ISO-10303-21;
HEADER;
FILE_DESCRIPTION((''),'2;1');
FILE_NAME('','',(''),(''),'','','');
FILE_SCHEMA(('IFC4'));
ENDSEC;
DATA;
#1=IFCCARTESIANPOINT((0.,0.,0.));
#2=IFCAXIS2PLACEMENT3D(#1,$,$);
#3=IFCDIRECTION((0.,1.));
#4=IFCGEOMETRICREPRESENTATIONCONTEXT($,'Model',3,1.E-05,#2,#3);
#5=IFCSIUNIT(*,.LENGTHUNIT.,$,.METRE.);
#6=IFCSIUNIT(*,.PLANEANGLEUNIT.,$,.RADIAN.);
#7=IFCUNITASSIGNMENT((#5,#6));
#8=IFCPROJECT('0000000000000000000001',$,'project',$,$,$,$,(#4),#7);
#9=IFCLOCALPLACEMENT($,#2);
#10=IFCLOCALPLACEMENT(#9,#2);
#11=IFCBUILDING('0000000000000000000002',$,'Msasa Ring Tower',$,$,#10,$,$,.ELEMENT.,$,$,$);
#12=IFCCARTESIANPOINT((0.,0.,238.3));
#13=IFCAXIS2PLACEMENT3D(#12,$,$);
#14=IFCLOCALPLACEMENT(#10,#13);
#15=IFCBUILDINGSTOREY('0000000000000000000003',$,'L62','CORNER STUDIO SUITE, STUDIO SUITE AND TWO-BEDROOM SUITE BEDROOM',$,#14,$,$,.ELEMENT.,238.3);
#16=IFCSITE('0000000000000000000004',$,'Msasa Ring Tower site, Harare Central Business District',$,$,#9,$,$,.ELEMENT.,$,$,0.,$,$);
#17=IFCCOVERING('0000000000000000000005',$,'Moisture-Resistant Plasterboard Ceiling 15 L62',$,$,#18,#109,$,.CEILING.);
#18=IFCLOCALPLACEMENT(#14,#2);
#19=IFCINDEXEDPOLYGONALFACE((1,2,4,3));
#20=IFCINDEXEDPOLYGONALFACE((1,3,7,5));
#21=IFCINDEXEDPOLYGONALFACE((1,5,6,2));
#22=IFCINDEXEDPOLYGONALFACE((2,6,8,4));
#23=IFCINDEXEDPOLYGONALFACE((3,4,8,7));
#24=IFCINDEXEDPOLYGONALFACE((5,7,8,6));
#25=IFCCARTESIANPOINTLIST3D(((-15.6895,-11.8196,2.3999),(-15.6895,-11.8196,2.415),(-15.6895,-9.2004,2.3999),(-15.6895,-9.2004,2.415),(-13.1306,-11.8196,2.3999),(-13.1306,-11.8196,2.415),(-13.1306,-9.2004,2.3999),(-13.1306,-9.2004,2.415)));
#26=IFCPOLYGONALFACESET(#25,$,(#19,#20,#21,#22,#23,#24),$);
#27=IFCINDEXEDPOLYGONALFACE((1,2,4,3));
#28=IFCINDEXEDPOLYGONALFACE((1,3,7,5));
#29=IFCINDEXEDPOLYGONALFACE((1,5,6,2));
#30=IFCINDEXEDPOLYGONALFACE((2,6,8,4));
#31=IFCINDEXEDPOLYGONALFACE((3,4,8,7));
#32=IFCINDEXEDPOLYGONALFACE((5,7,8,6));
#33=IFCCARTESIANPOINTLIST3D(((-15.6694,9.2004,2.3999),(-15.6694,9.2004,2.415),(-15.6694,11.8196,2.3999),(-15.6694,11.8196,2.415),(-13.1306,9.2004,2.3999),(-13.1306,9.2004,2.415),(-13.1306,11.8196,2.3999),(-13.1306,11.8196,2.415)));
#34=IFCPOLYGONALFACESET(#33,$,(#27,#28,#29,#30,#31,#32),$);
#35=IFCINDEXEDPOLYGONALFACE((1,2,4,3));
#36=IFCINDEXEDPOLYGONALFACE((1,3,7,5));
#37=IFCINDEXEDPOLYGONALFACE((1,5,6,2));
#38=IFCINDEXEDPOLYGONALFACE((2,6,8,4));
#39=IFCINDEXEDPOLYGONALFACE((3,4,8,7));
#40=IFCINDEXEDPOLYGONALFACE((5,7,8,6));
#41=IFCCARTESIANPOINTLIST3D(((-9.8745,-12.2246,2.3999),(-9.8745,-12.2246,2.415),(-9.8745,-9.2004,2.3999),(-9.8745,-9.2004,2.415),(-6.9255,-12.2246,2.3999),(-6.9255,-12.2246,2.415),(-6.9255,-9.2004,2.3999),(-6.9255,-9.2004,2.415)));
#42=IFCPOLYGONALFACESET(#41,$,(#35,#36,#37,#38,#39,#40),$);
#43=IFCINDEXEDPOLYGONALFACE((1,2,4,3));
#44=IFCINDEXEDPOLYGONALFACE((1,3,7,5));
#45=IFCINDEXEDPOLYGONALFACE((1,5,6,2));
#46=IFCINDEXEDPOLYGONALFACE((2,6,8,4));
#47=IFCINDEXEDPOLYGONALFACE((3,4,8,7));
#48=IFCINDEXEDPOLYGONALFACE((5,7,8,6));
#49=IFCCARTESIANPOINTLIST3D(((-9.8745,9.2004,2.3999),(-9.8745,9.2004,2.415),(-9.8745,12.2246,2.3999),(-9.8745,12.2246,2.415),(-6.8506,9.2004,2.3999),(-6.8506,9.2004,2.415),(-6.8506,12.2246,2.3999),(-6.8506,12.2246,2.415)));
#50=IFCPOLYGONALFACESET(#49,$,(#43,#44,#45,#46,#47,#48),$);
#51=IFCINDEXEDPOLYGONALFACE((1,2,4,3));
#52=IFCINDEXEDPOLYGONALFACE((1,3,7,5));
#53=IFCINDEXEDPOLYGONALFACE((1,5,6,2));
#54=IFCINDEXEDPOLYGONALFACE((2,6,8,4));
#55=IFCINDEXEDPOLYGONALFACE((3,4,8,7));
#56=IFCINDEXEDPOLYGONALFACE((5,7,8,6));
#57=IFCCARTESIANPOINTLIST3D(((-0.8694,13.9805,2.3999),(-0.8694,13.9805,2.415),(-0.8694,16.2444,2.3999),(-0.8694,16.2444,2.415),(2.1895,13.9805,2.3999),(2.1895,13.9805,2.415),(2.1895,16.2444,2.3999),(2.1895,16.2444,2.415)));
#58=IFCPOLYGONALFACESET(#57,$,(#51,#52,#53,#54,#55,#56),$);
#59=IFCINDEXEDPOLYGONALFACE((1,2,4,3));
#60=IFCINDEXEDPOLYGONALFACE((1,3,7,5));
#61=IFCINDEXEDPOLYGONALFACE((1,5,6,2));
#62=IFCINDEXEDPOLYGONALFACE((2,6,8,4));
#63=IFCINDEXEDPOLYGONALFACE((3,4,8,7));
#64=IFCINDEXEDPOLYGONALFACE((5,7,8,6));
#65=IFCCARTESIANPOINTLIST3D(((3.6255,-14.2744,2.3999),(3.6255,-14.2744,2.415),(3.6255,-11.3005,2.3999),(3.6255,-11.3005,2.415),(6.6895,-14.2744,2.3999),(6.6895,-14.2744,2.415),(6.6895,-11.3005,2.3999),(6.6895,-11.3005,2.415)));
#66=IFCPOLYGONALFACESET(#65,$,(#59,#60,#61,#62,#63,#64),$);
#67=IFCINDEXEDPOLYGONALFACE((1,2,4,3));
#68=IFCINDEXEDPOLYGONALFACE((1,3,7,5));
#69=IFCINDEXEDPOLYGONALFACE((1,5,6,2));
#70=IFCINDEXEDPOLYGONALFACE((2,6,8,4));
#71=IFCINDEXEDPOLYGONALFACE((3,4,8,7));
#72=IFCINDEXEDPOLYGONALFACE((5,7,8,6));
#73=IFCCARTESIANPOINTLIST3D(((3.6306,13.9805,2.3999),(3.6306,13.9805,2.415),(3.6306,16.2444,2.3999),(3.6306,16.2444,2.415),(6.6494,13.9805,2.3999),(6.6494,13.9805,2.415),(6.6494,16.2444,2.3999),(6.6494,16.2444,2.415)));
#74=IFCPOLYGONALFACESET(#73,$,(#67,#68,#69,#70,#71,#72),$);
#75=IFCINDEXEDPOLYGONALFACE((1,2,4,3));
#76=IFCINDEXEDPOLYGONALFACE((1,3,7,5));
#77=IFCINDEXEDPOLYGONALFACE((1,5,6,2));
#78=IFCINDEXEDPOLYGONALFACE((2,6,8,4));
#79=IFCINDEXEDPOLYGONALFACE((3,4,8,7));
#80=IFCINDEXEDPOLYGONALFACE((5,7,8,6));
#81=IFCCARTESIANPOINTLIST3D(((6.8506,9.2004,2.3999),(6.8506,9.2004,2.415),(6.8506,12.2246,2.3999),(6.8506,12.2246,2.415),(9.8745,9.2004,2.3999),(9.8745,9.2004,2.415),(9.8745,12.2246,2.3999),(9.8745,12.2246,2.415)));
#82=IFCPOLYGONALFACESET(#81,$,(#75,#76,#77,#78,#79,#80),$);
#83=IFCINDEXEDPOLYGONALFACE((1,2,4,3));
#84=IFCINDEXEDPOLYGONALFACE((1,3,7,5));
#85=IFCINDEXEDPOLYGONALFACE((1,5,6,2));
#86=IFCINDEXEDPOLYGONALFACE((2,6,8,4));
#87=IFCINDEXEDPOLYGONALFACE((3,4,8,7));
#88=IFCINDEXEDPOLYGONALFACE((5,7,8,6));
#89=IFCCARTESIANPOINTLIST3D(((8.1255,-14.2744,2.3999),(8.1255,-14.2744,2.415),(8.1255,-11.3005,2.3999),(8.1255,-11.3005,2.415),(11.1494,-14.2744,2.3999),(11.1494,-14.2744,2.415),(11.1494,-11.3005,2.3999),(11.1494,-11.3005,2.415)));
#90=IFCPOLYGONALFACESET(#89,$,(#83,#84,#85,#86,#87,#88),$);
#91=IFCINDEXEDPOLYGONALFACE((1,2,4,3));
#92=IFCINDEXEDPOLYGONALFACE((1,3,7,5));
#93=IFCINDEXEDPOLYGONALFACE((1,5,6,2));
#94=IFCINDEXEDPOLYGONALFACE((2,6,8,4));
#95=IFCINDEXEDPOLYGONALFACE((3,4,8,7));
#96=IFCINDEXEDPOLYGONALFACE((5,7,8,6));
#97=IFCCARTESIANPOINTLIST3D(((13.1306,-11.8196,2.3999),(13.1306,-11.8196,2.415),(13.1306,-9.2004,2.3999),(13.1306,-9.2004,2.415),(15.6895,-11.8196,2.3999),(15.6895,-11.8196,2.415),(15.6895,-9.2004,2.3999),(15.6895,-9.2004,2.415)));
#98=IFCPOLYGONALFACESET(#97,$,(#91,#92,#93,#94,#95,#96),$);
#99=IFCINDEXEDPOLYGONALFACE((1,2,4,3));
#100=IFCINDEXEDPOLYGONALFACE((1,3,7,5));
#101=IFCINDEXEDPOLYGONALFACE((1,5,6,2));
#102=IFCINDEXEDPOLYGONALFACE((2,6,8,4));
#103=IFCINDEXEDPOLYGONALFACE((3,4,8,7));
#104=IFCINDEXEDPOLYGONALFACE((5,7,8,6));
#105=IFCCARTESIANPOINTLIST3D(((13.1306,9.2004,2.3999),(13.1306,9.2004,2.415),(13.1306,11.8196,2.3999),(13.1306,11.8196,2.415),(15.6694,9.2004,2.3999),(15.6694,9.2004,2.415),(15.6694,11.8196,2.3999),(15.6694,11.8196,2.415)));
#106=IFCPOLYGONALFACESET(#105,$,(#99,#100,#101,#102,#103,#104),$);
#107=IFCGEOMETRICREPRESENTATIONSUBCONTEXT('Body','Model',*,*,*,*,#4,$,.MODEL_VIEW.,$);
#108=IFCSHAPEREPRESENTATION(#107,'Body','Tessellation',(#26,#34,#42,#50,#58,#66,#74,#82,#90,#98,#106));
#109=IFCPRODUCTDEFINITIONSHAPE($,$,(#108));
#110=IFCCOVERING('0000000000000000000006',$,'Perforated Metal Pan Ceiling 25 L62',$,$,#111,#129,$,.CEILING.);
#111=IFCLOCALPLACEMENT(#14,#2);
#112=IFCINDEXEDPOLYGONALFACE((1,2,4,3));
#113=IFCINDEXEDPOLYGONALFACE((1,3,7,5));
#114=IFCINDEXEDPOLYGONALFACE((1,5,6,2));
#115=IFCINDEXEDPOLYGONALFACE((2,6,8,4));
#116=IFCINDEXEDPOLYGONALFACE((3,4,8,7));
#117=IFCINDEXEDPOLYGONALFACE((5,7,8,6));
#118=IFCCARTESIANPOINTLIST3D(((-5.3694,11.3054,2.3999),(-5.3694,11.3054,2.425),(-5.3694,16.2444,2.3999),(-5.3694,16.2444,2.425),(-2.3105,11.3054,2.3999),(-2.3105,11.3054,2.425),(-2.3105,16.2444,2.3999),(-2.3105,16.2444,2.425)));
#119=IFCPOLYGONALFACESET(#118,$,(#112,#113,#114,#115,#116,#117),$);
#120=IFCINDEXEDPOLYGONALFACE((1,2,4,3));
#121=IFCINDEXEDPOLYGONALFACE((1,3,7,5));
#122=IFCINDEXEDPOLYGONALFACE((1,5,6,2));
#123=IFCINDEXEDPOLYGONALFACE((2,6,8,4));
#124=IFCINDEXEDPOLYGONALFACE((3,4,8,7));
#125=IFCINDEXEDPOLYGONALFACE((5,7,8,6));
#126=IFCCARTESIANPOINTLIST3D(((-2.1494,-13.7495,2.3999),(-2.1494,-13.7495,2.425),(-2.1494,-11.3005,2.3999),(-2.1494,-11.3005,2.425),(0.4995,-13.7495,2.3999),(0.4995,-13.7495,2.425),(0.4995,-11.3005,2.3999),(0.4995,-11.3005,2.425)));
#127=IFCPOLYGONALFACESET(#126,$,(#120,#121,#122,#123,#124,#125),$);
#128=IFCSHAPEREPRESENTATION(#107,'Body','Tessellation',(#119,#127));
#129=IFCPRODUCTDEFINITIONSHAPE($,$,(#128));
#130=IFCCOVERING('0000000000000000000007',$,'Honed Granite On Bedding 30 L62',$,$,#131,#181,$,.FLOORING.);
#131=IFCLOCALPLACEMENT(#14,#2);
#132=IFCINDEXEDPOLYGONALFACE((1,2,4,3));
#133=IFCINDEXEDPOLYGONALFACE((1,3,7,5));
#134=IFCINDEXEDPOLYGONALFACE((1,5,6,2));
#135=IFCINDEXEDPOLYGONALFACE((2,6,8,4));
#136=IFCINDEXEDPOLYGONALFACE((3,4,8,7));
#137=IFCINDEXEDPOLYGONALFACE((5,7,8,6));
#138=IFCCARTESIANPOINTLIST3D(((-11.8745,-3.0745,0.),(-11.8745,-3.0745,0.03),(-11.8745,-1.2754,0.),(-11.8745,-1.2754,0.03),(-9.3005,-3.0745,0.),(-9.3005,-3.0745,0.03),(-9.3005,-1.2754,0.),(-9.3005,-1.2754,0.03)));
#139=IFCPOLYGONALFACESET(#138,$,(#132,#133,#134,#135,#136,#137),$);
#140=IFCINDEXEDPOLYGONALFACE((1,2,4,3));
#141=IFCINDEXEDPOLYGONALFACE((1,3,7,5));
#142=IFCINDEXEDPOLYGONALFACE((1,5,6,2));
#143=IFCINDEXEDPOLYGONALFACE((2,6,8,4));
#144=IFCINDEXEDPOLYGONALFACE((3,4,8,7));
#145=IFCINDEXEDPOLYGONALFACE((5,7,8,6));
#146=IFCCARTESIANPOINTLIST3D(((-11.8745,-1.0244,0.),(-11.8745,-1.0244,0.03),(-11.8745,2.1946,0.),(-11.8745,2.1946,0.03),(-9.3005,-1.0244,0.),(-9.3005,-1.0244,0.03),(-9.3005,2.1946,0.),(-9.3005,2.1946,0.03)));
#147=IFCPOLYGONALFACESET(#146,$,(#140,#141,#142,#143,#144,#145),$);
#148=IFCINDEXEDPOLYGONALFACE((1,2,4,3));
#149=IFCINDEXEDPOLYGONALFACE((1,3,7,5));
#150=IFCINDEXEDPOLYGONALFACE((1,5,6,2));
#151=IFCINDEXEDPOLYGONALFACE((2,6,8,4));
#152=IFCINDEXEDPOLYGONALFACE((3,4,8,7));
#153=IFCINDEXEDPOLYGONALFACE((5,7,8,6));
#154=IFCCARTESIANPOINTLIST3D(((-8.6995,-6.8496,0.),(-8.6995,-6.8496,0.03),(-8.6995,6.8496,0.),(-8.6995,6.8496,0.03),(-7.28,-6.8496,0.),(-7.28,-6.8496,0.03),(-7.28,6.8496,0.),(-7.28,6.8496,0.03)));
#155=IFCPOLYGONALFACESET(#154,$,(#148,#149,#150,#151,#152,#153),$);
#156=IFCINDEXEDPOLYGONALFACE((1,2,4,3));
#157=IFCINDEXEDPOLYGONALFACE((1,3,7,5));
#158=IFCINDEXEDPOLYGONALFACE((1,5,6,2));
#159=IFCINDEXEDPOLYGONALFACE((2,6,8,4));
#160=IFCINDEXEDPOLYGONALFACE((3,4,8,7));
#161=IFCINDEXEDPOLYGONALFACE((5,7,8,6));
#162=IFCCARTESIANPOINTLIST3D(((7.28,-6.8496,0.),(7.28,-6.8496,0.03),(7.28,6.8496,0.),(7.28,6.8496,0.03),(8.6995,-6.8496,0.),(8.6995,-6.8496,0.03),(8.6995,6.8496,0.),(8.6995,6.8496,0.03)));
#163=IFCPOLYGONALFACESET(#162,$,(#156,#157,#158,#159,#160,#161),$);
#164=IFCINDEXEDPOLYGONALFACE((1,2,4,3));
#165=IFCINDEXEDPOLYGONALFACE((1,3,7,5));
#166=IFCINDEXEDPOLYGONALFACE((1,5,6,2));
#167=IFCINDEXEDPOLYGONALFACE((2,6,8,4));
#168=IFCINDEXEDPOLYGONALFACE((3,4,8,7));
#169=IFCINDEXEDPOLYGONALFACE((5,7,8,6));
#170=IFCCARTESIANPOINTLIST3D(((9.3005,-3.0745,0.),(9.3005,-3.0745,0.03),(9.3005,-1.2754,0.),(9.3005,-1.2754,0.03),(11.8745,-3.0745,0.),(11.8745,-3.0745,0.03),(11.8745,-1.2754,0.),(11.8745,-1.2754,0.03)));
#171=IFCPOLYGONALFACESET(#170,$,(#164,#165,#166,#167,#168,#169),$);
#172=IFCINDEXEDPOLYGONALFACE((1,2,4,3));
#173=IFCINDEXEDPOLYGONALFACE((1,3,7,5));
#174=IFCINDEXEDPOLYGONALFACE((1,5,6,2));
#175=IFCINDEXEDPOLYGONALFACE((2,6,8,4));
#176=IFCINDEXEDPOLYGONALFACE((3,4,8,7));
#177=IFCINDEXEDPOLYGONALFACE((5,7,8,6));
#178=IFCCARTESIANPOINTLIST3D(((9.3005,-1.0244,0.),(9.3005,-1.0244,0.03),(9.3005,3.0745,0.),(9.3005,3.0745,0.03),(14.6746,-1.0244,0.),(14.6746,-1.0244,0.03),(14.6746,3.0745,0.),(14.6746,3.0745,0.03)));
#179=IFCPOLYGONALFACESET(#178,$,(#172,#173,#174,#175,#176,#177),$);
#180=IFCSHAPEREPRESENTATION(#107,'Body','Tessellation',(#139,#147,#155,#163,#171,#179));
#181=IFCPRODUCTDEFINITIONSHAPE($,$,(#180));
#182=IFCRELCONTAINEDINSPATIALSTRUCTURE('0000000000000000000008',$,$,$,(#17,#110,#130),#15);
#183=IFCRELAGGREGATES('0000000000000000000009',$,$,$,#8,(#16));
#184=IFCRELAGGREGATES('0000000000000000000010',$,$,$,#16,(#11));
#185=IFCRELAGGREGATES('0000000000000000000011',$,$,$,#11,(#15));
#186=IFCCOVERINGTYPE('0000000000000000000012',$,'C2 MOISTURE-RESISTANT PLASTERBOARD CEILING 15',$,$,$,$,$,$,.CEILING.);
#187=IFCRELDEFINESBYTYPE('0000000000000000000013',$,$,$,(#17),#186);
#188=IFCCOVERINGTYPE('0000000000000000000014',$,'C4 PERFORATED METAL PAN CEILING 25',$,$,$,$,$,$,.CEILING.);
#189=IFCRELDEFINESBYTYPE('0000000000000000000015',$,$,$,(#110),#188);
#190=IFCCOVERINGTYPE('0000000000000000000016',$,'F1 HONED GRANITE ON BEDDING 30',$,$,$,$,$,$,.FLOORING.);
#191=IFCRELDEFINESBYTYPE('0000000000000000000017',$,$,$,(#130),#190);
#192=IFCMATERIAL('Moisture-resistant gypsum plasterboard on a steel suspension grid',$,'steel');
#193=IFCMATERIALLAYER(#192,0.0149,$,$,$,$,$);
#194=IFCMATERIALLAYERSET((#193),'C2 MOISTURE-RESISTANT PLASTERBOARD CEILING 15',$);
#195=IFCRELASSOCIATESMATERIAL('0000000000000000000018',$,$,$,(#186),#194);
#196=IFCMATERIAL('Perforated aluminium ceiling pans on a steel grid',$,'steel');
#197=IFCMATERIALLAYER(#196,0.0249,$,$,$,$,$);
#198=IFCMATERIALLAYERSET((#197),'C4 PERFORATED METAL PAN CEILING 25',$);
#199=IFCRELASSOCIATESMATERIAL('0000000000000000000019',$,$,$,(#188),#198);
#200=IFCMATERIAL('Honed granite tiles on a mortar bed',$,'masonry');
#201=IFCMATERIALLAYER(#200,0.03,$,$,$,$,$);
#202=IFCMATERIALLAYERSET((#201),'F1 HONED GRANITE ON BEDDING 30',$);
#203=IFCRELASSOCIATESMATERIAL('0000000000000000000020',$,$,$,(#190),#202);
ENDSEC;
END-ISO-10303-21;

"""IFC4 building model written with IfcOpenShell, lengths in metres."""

from ifc_helpers import new_model, si_unit, direction, frame, origin, place, context, subcontext, project, spatial, line, indexed_curve, outline, extrude, material, layer, layer_set, type_object, element, save


model = new_model("IFC4")

# Units and contexts
model_context = context("Model", 3, precision=1e-05, world=origin(), true_north=direction((0.0, 1.0)))
body_context = subcontext(model_context, "Body", "Model", "MODEL_VIEW")
ifc_project = project(units=[si_unit("LENGTHUNIT", "METRE"), si_unit("PLANEANGLEUNIT", "RADIAN")], contexts=[model_context])

# Site, building, storey
site_placement = place(None, origin())
site = spatial("IfcSite", under=ifc_project, at=site_placement, Name="Msasa Ring Tower site, Harare Central Business District", CompositionType="ELEMENT", RefElevation=0.0)
building_placement = place(site_placement, origin())
building = spatial("IfcBuilding", under=site, at=building_placement, Name="Msasa Ring Tower", CompositionType="ELEMENT")
storey_placement = place(building_placement, frame((0.0, 0.0, 238.3)))
storey = spatial("IfcBuildingStorey", under=building, at=storey_placement, Name="L62", Description="CORNER STUDIO SUITE, STUDIO SUITE AND TWO-BEDROOM SUITE BEDROOM", CompositionType="ELEMENT", Elevation=238.3)

# Coverings
ifc_material_1 = material(Name="Moisture-resistant gypsum plasterboard on a steel suspension grid", Category="steel")
ifc_layer_1 = layer(ifc_material_1, 0.0149)
ifc_layer_set_1 = layer_set([ifc_layer_1], Name="C2 MOISTURE-RESISTANT PLASTERBOARD CEILING 15")
covering_type_1 = type_object("IfcCoveringType", Name="C2 MOISTURE-RESISTANT PLASTERBOARD CEILING 15", PredefinedType="CEILING", material=ifc_layer_set_1)
covering_1_placement = place(storey_placement, frame((0.0, 0.0, 2.3999)))
element("IfcCovering", 1, at=covering_1_placement, inside=storey, type_object=covering_type_1, Name="Moisture-Resistant Plasterboard Ceiling 15 L62", PredefinedType="CEILING", context=body_context, shape_type="SweptSolid", body=[
    extrude(outline(indexed_curve([(-15.6895, -11.8196), (-15.6895, -9.2004), (-13.1306, -9.2004), (-13.1306, -11.8196)], segments=[line(1, 2, 3, 4, 1)], self_intersect=False)), origin(), (0.0, 0.0, 1.0), 0.0151),
    extrude(outline(indexed_curve([(-15.6694, 11.8196), (-13.1306, 11.8196), (-13.1306, 9.2004), (-15.6694, 9.2004)], segments=[line(1, 2, 3, 4, 1)], self_intersect=False)), origin(), (0.0, 0.0, 1.0), 0.0151),
    extrude(outline(indexed_curve([(-6.9255, -9.2004), (-6.9255, -12.2246), (-9.8745, -12.2246), (-9.8745, -9.2004)], segments=[line(1, 2, 3, 4, 1)], self_intersect=False)), origin(), (0.0, 0.0, 1.0), 0.0151),
    extrude(outline(indexed_curve([(-9.8745, 9.2004), (-9.8745, 12.2246), (-6.8506, 12.2246), (-6.8506, 9.2004)], segments=[line(1, 2, 3, 4, 1)], self_intersect=False)), origin(), (0.0, 0.0, 1.0), 0.0151),
    extrude(outline(indexed_curve([(-0.8694, 13.9805), (-0.8694, 16.2444), (2.1895, 16.2444), (2.1895, 13.9805)], segments=[line(1, 2, 3, 4, 1)], self_intersect=False)), origin(), (0.0, 0.0, 1.0), 0.0151),
    extrude(outline(indexed_curve([(6.6895, -11.3005), (6.6895, -14.2744), (3.6255, -14.2744), (3.6255, -11.3005)], segments=[line(1, 2, 3, 4, 1)], self_intersect=False)), origin(), (0.0, 0.0, 1.0), 0.0151),
    extrude(outline(indexed_curve([(3.6306, 16.2444), (6.6494, 16.2444), (6.6494, 13.9805), (3.6306, 13.9805)], segments=[line(1, 2, 3, 4, 1)], self_intersect=False)), origin(), (0.0, 0.0, 1.0), 0.0151),
    extrude(outline(indexed_curve([(6.8506, 9.2004), (6.8506, 12.2246), (9.8745, 12.2246), (9.8745, 9.2004)], segments=[line(1, 2, 3, 4, 1)], self_intersect=False)), origin(), (0.0, 0.0, 1.0), 0.0151),
    extrude(outline(indexed_curve([(11.1494, -11.3005), (11.1494, -14.2744), (8.1255, -14.2744), (8.1255, -11.3005)], segments=[line(1, 2, 3, 4, 1)], self_intersect=False)), origin(), (0.0, 0.0, 1.0), 0.0151),
    extrude(outline(indexed_curve([(13.1306, -9.2004), (15.6895, -9.2004), (15.6895, -11.8196), (13.1306, -11.8196)], segments=[line(1, 2, 3, 4, 1)], self_intersect=False)), origin(), (0.0, 0.0, 1.0), 0.0151),
    extrude(outline(indexed_curve([(13.1306, 9.2004), (13.1306, 11.8196), (15.6694, 11.8196), (15.6694, 9.2004)], segments=[line(1, 2, 3, 4, 1)], self_intersect=False)), origin(), (0.0, 0.0, 1.0), 0.0151),
])
ifc_material_2 = material(Name="Perforated aluminium ceiling pans on a steel grid", Category="steel")
ifc_layer_2 = layer(ifc_material_2, 0.0249)
ifc_layer_set_2 = layer_set([ifc_layer_2], Name="C4 PERFORATED METAL PAN CEILING 25")
covering_type_2 = type_object("IfcCoveringType", Name="C4 PERFORATED METAL PAN CEILING 25", PredefinedType="CEILING", material=ifc_layer_set_2)
covering_2_placement = place(storey_placement, frame((0.0, 0.0, 2.3999)))
element("IfcCovering", 2, at=covering_2_placement, inside=storey, type_object=covering_type_2, Name="Perforated Metal Pan Ceiling 25 L62", PredefinedType="CEILING", context=body_context, shape_type="SweptSolid", body=[
    extrude(outline(indexed_curve([(-2.3105, 16.2444), (-2.3105, 11.3054), (-5.3694, 11.3054), (-5.3694, 16.2444)], segments=[line(1, 2, 3, 4, 1)], self_intersect=False)), origin(), (0.0, 0.0, 1.0), 0.0251),
    extrude(outline(indexed_curve([(0.4995, -11.3005), (0.4995, -13.7495), (-2.1494, -13.7495), (-2.1494, -11.3005)], segments=[line(1, 2, 3, 4, 1)], self_intersect=False)), origin(), (0.0, 0.0, 1.0), 0.0251),
])
ifc_material_3 = material(Name="Honed granite tiles on a mortar bed", Category="masonry")
ifc_layer_3 = layer(ifc_material_3, 0.03)
ifc_layer_set_3 = layer_set([ifc_layer_3], Name="F1 HONED GRANITE ON BEDDING 30")
covering_type_3 = type_object("IfcCoveringType", Name="F1 HONED GRANITE ON BEDDING 30", PredefinedType="FLOORING", material=ifc_layer_set_3)
covering_3_placement = place(storey_placement, origin())
element("IfcCovering", 3, at=covering_3_placement, inside=storey, type_object=covering_type_3, Name="Honed Granite On Bedding 30 L62", PredefinedType="FLOORING", context=body_context, shape_type="SweptSolid", body=[
    extrude(outline(indexed_curve([(-11.8745, -3.0745), (-11.8745, -1.2754), (-9.3005, -1.2754), (-9.3005, -3.0745)], segments=[line(1, 2, 3, 4, 1)], self_intersect=False)), origin(), (0.0, 0.0, 1.0), 0.03),
    extrude(outline(indexed_curve([(-11.8745, 2.1946), (-9.3005, 2.1946), (-9.3005, -1.0244), (-11.8745, -1.0244)], segments=[line(1, 2, 3, 4, 1)], self_intersect=False)), origin(), (0.0, 0.0, 1.0), 0.03),
    extrude(outline(indexed_curve([(-8.6995, 6.8496), (-7.28, 6.8496), (-7.28, -6.8496), (-8.6995, -6.8496)], segments=[line(1, 2, 3, 4, 1)], self_intersect=False)), origin(), (0.0, 0.0, 1.0), 0.03),
    extrude(outline(indexed_curve([(7.28, -6.8496), (7.28, 6.8496), (8.6995, 6.8496), (8.6995, -6.8496)], segments=[line(1, 2, 3, 4, 1)], self_intersect=False)), origin(), (0.0, 0.0, 1.0), 0.03),
    extrude(outline(indexed_curve([(9.3005, -1.2754), (11.8745, -1.2754), (11.8745, -3.0745), (9.3005, -3.0745)], segments=[line(1, 2, 3, 4, 1)], self_intersect=False)), origin(), (0.0, 0.0, 1.0), 0.03),
    extrude(outline(indexed_curve([(9.3005, 3.0745), (14.6746, 3.0745), (14.6746, -1.0244), (9.3005, -1.0244)], segments=[line(1, 2, 3, 4, 1)], self_intersect=False)), origin(), (0.0, 0.0, 1.0), 0.03),
])

save(model, "model.ifc")
